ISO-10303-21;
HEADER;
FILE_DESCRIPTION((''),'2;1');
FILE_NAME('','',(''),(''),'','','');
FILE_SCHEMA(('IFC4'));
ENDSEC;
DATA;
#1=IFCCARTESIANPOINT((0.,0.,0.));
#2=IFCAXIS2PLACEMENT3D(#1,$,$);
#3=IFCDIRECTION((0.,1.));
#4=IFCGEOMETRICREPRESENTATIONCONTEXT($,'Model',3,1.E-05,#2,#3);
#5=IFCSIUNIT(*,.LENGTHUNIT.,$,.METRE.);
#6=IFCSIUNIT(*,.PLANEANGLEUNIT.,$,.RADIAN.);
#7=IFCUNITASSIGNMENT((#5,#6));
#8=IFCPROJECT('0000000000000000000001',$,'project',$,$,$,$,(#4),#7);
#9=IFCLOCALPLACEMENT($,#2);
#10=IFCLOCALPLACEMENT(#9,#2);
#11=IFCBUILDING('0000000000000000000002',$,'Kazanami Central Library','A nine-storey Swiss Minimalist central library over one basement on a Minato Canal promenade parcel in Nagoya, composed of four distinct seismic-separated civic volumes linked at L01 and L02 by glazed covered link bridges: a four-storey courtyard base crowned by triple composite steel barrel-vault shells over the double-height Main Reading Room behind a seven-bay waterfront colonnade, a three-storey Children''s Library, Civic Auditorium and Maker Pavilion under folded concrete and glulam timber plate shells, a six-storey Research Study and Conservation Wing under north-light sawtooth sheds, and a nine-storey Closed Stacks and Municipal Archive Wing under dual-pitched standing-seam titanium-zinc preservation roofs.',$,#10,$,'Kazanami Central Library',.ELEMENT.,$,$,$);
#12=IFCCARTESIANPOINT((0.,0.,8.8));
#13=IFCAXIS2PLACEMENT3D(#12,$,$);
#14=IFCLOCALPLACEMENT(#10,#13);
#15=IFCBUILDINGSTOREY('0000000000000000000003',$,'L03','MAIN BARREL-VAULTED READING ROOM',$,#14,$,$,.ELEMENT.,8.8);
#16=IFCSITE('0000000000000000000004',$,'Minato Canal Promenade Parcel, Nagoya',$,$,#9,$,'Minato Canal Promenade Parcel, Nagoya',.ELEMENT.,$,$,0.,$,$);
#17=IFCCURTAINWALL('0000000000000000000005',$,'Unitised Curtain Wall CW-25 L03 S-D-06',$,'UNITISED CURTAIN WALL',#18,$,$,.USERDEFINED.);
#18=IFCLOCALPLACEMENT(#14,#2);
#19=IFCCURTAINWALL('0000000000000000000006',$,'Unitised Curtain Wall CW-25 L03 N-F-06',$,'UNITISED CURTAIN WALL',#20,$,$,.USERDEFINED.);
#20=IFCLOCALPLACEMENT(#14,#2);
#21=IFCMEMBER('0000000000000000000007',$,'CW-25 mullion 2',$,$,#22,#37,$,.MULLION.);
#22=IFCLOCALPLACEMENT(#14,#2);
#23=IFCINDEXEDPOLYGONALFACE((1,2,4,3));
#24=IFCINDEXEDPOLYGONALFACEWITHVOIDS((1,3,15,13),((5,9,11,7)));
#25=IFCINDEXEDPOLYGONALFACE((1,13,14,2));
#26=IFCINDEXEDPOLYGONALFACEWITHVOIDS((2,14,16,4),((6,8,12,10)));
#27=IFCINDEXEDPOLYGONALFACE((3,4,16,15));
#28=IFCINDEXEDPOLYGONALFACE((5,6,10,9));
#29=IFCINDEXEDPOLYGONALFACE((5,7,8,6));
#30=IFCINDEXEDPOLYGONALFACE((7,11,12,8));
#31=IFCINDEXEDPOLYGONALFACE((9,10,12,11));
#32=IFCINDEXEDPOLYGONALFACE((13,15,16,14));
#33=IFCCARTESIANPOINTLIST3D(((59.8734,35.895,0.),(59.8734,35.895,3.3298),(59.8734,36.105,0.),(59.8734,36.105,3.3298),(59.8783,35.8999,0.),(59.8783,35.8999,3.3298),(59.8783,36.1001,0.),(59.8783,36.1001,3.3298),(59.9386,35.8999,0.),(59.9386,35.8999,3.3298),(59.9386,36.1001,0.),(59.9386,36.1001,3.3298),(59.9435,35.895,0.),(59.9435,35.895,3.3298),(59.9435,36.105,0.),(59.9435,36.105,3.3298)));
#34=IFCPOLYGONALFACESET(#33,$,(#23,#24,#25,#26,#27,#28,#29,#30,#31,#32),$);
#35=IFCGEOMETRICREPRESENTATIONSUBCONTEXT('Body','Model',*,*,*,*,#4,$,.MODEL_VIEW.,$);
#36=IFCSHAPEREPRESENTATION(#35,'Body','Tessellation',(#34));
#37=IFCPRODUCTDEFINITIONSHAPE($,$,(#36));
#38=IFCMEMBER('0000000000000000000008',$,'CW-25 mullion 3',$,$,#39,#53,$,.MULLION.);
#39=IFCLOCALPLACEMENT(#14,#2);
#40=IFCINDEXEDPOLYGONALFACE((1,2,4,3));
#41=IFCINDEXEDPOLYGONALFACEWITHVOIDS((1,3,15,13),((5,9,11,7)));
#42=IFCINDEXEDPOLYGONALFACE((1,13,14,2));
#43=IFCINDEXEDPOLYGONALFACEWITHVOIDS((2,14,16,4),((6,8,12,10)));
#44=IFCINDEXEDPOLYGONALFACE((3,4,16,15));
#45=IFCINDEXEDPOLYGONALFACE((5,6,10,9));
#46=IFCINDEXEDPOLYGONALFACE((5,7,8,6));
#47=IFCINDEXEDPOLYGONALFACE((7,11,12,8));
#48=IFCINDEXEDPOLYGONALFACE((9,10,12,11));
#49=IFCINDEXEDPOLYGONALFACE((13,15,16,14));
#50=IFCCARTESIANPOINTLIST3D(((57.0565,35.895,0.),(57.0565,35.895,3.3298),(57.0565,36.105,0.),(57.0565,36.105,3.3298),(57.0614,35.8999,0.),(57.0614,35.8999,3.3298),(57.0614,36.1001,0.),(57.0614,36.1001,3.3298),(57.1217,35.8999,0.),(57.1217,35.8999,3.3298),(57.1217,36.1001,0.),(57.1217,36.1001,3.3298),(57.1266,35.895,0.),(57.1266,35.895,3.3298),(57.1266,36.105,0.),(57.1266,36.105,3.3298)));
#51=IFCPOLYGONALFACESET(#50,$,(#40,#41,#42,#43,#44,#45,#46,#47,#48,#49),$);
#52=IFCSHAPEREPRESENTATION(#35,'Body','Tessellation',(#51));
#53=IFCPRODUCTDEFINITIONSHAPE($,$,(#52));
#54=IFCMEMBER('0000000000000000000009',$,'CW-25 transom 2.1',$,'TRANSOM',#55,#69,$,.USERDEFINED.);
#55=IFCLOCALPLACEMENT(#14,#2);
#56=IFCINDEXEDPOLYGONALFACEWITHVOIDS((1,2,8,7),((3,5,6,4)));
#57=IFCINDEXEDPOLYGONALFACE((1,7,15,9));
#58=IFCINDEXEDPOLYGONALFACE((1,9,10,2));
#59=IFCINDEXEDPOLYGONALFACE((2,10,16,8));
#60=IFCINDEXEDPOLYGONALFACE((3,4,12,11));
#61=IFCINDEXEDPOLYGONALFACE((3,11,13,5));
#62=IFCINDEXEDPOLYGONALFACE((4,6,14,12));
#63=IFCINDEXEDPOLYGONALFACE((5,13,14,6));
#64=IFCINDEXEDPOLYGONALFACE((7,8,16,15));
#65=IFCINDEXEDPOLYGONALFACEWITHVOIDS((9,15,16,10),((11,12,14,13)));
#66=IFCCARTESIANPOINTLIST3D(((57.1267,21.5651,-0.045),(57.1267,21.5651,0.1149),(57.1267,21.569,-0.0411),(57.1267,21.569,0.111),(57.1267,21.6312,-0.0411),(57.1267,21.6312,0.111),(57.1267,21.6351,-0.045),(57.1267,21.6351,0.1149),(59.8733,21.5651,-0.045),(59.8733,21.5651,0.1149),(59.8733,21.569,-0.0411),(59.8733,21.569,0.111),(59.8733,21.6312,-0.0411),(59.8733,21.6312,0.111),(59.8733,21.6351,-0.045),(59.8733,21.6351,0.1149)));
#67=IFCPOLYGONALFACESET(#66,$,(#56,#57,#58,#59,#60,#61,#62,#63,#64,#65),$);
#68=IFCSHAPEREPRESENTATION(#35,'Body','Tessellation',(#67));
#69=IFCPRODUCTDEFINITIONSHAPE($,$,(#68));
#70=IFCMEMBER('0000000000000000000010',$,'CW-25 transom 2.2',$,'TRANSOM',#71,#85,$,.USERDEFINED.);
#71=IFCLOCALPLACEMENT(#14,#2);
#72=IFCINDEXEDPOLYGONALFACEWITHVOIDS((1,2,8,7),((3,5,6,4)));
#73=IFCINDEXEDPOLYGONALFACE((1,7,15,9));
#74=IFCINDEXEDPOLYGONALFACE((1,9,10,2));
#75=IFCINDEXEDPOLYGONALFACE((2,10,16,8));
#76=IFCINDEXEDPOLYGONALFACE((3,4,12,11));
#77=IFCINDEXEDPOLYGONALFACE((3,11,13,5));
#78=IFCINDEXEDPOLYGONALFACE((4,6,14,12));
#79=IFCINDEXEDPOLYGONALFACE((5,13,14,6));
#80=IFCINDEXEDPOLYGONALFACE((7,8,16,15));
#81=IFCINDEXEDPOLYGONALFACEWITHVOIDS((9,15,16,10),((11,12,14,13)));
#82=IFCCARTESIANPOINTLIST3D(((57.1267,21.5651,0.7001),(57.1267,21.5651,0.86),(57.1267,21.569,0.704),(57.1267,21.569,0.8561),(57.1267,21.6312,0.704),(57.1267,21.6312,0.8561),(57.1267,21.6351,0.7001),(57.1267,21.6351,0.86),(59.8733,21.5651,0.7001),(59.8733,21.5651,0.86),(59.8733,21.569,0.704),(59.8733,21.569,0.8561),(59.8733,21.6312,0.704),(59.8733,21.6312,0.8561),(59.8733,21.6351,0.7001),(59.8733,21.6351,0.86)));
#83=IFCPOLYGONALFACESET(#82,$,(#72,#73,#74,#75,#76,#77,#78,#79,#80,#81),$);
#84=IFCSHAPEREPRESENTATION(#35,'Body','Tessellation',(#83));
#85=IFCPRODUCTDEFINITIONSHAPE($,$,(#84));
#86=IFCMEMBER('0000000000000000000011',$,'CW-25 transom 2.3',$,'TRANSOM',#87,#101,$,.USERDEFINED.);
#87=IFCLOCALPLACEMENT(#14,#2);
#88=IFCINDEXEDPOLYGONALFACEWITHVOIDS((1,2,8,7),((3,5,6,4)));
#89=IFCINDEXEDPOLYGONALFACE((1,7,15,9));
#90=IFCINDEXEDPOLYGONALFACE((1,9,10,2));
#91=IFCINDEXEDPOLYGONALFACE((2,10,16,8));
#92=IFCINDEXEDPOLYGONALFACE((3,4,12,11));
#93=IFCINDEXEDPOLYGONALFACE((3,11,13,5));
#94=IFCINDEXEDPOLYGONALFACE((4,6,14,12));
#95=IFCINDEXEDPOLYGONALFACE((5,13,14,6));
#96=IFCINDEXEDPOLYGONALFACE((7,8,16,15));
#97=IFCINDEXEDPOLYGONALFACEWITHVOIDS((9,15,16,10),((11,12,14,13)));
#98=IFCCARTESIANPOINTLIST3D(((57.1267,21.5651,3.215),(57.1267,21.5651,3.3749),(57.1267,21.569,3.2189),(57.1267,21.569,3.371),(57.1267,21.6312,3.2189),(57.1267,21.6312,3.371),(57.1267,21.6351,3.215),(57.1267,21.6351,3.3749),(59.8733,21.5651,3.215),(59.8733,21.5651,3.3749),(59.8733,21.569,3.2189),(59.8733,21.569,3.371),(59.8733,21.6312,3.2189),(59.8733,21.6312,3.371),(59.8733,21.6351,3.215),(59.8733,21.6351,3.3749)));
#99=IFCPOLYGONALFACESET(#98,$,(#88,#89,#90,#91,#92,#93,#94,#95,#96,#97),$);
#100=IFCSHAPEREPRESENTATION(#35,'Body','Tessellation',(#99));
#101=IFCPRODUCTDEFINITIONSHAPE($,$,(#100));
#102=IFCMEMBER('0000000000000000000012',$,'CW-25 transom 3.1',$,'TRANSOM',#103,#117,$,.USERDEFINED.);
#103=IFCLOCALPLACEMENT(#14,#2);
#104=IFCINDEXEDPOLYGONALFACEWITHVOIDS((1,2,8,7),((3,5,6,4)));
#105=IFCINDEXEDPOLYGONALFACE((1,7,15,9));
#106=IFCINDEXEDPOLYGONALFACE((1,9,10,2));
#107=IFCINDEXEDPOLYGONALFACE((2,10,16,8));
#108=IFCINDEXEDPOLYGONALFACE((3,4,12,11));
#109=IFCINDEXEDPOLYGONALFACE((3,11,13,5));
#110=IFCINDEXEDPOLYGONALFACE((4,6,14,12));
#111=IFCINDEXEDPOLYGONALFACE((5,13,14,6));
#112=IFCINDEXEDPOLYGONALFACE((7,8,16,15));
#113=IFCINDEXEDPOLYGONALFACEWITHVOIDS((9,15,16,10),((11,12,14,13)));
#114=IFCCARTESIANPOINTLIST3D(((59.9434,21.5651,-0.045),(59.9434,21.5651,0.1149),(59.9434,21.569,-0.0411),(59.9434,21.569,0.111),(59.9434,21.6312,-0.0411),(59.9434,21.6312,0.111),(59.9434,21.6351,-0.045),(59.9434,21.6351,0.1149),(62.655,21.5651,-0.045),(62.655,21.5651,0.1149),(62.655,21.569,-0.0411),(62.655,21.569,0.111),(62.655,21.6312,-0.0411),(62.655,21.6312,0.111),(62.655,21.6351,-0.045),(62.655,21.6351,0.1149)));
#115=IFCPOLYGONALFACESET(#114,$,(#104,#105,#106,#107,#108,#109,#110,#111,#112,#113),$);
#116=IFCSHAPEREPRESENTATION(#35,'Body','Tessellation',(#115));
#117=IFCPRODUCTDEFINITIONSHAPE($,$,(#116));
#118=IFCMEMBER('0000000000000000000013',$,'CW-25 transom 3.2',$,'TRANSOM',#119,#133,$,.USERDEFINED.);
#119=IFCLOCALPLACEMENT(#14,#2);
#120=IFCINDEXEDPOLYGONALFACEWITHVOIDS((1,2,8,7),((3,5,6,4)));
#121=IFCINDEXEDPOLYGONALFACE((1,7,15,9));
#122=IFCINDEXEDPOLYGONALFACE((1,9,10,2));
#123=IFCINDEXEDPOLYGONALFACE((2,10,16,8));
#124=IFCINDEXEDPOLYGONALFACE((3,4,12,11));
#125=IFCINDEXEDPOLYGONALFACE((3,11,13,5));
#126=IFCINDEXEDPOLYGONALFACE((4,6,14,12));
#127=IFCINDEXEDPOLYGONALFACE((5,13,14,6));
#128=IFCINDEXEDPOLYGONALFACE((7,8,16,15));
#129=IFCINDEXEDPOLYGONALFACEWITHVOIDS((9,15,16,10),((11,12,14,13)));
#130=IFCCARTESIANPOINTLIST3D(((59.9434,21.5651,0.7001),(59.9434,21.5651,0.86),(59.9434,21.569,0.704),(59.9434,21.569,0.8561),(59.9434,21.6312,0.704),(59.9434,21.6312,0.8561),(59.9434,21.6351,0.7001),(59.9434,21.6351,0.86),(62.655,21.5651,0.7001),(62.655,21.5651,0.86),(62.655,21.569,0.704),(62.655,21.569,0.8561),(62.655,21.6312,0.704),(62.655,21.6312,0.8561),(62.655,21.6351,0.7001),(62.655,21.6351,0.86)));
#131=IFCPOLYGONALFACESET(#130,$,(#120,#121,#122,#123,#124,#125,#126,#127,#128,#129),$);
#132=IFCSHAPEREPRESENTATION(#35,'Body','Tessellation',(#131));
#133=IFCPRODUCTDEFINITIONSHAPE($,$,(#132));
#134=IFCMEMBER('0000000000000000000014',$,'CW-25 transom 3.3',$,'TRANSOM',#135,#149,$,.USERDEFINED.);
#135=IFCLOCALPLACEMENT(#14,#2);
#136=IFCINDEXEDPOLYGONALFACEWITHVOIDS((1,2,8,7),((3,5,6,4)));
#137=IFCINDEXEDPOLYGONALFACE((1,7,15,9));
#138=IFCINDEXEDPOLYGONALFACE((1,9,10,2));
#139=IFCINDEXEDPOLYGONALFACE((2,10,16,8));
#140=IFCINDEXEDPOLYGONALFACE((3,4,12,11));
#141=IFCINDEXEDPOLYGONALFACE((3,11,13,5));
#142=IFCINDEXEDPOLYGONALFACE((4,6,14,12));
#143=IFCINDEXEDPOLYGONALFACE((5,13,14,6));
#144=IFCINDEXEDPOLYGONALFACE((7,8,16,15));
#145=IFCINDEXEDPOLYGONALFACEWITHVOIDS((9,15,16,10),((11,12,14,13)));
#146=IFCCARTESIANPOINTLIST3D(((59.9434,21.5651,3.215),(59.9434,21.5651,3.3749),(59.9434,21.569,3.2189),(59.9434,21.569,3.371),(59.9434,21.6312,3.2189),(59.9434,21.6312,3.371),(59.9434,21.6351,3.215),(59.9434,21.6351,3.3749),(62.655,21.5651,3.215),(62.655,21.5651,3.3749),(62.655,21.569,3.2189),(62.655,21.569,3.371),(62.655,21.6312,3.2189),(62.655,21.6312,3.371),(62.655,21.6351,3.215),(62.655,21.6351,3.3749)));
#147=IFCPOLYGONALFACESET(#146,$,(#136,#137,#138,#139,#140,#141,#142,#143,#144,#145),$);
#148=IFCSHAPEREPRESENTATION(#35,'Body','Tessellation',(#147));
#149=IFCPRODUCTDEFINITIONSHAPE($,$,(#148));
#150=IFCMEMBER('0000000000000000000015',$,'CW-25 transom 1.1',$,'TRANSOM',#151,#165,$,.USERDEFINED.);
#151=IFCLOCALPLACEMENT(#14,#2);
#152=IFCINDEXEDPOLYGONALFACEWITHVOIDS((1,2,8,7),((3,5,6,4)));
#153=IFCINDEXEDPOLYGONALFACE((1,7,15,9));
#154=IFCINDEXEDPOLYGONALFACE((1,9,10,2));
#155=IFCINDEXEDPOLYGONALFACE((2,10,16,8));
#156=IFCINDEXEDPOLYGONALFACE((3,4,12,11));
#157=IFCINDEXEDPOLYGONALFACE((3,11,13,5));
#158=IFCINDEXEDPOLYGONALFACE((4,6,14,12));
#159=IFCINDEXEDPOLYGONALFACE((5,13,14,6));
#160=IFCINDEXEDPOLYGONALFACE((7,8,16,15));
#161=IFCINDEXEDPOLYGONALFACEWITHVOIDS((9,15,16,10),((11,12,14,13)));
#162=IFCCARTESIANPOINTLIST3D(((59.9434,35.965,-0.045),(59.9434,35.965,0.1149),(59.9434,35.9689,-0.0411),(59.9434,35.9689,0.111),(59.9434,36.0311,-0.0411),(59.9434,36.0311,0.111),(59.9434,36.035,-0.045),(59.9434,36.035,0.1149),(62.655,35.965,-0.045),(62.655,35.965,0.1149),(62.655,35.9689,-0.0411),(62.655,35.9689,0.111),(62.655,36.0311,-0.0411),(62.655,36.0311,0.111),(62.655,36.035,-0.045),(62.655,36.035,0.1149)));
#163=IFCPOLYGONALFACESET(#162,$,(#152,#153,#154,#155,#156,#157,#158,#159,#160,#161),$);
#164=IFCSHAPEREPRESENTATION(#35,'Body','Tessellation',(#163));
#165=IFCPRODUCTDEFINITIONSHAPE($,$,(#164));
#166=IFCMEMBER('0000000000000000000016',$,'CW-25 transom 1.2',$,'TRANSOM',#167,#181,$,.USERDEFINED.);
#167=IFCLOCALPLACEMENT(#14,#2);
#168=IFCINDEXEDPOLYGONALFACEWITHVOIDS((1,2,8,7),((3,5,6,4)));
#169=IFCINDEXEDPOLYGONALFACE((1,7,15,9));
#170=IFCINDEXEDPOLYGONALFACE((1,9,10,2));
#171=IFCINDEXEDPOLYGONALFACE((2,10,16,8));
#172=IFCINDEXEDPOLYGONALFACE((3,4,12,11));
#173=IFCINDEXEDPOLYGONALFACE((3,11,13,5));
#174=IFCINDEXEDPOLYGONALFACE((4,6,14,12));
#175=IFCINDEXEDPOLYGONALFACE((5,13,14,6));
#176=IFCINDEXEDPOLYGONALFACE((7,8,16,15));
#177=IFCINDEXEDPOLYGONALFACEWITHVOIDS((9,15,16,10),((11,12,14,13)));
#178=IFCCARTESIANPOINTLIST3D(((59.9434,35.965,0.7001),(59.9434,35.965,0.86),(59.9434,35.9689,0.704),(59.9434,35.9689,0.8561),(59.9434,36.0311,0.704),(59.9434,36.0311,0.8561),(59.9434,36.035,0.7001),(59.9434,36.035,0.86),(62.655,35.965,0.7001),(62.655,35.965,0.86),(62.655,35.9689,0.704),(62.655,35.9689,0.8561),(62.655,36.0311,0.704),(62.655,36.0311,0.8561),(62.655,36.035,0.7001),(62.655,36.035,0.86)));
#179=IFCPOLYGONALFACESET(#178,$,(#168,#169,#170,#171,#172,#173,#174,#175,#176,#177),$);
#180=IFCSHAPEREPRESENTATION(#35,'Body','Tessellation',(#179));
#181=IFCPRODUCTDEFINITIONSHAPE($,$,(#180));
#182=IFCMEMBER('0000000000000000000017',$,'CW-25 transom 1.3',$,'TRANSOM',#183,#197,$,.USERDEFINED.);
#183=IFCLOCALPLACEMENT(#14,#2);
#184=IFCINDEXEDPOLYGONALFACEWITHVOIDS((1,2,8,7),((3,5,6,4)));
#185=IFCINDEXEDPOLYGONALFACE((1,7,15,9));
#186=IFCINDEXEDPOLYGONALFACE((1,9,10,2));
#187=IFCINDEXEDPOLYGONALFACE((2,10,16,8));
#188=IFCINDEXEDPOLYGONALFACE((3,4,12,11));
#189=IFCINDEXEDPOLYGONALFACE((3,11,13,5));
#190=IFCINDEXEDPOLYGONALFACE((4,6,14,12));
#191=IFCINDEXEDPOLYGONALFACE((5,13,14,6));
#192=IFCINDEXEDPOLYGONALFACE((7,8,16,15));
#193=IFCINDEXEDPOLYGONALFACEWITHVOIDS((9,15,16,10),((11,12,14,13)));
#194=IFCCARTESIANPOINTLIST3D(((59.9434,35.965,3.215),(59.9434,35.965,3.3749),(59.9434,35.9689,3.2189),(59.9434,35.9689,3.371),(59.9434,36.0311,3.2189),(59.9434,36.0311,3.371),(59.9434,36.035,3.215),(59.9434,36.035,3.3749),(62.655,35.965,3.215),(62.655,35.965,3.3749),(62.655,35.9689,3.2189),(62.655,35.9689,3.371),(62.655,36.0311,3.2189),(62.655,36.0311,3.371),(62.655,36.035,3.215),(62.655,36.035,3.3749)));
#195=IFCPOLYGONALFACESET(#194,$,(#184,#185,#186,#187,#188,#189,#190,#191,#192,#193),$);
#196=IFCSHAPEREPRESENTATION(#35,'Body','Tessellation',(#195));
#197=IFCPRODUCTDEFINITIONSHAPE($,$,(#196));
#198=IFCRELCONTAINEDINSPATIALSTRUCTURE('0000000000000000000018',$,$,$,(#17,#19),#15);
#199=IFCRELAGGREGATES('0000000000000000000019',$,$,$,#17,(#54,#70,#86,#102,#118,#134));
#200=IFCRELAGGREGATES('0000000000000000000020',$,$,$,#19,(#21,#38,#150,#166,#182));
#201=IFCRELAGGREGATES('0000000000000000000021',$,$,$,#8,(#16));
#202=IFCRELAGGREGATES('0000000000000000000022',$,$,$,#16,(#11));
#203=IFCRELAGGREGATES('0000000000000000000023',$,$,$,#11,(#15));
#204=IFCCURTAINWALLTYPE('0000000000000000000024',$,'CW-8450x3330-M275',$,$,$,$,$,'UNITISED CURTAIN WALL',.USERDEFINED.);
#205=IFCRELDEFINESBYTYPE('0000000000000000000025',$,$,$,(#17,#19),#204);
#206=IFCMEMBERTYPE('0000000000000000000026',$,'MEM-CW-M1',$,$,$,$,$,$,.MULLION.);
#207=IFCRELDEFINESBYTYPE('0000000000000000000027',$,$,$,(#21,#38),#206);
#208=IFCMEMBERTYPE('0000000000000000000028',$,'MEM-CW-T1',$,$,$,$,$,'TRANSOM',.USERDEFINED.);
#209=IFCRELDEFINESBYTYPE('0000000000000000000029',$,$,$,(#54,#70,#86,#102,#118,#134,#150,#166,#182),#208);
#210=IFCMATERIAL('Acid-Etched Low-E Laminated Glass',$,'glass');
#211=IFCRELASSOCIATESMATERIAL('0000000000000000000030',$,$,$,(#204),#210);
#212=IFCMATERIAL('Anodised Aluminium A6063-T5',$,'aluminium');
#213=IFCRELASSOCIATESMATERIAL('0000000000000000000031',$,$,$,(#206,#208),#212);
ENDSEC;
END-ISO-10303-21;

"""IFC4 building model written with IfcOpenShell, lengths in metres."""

from ifc_helpers import new_model, si_unit, direction, frame, origin, origin_2d, place, context, subcontext, project, spatial, hollow_rectangle, extrude, material, material_profile, profile_set, type_object, element, aggregate, save


model = new_model("IFC4")

# Units and contexts
model_context = context("Model", 3, precision=1e-05, world=origin(), true_north=direction((0.0, 1.0)))
body_context = subcontext(model_context, "Body", "Model", "MODEL_VIEW")
ifc_project = project(units=[si_unit("LENGTHUNIT", "METRE"), si_unit("PLANEANGLEUNIT", "RADIAN")], contexts=[model_context])

# Site, building, storey
site_placement = place(None, origin())
site = spatial("IfcSite", under=ifc_project, at=site_placement, Name="Minato Canal Promenade Parcel, Nagoya", LongName="Minato Canal Promenade Parcel, Nagoya", CompositionType="ELEMENT", RefElevation=0.0)
building_placement = place(site_placement, origin())
building = spatial("IfcBuilding", under=site, at=building_placement, Name="Kazanami Central Library", Description="A nine-storey Swiss Minimalist central library over one basement on a Minato Canal promenade parcel in Nagoya, composed of four distinct seismic-separated civic volumes linked at L01 and L02 by glazed covered link bridges: a four-storey courtyard base crowned by triple composite steel barrel-vault shells over the double-height Main Reading Room behind a seven-bay waterfront colonnade, a three-storey Children's Library, Civic Auditorium and Maker Pavilion under folded concrete and glulam timber plate shells, a six-storey Research Study and Conservation Wing under north-light sawtooth sheds, and a nine-storey Closed Stacks and Municipal Archive Wing under dual-pitched standing-seam titanium-zinc preservation roofs.", LongName="Kazanami Central Library", CompositionType="ELEMENT")
storey_placement = place(building_placement, frame((0.0, 0.0, 8.8)))
storey = spatial("IfcBuildingStorey", under=building, at=storey_placement, Name="L03", Description="MAIN BARREL-VAULTED READING ROOM", CompositionType="ELEMENT", Elevation=8.8)

# Curtain walls, members
ifc_material_1 = material(Name="Acid-Etched Low-E Laminated Glass", Category="glass")
curtain_wall_type = type_object("IfcCurtainWallType", Name="CW-8450x3330-M275", ElementType="UNITISED CURTAIN WALL", PredefinedType="USERDEFINED", material=ifc_material_1)
curtain_wall_1_placement = place(storey_placement, origin())
curtain_wall_1 = element("IfcCurtainWall", 1, at=curtain_wall_1_placement, inside=storey, type_object=curtain_wall_type, Name="Unitised Curtain Wall CW-25 L03 S-D-06", ObjectType="UNITISED CURTAIN WALL", PredefinedType="USERDEFINED")
ifc_material_2 = material(Name="Anodised Aluminium A6063-T5", Category="aluminium")
ifc_material_profile_1 = material_profile(ifc_material_2, hollow_rectangle(XDim=0.0701, YDim=0.21, WallThickness=0.0049, at=origin_2d()), Name="ALU-MULL-70x210x5")
ifc_profile_set_1 = profile_set([ifc_material_profile_1], Name="Anodised Aluminium A6063-T5")
member_type_1 = type_object("IfcMemberType", Name="MEM-CW-M1", PredefinedType="MULLION", material=ifc_profile_set_1)
curtain_wall_2_placement = place(storey_placement, origin())
curtain_wall_2 = element("IfcCurtainWall", 2, at=curtain_wall_2_placement, inside=storey, type_object=curtain_wall_type, Name="Unitised Curtain Wall CW-25 L03 N-F-06", ObjectType="UNITISED CURTAIN WALL", PredefinedType="USERDEFINED")
member_1_placement = place(storey_placement, frame((59.9084, 36.0, 0.0), z_axis=(0.0, 0.0, 1.0), x_axis=(-1.0, 0.0, 0.0)))
member_1 = element("IfcMember", 3, at=member_1_placement, type_object=member_type_1, Name="CW-25 mullion 2", PredefinedType="MULLION", context=body_context, shape_type="SweptSolid", body=[
    extrude(hollow_rectangle(XDim=0.0701, YDim=0.21, WallThickness=0.0049, at=origin_2d()), origin(), (0.0, 0.0, 1.0), 3.3298),
])
member_2_placement = place(storey_placement, frame((57.0916, 36.0, 0.0), z_axis=(0.0, 0.0, 1.0), x_axis=(-1.0, 0.0, 0.0)))
member_2 = element("IfcMember", 4, at=member_2_placement, type_object=member_type_1, Name="CW-25 mullion 3", PredefinedType="MULLION", context=body_context, shape_type="SweptSolid", body=[
    extrude(hollow_rectangle(XDim=0.0701, YDim=0.21, WallThickness=0.0049, at=origin_2d()), origin(), (0.0, 0.0, 1.0), 3.3298),
])

# Members
ifc_material_profile_2 = material_profile(ifc_material_2, hollow_rectangle(XDim=0.0701, YDim=0.1599, WallThickness=0.0039, at=origin_2d()), Name="ALU-TRAN-70x160x4")
ifc_profile_set_2 = profile_set([ifc_material_profile_2], Name="Anodised Aluminium A6063-T5")
member_type_2 = type_object("IfcMemberType", Name="MEM-CW-T1", ElementType="TRANSOM", PredefinedType="USERDEFINED", material=ifc_profile_set_2)
member_3_placement = place(storey_placement, frame((57.1267, 21.6001, 0.0349), z_axis=(1.0, 0.0, 0.0), x_axis=(0.0, 1.0, 0.0)))
member_3 = element("IfcMember", 5, at=member_3_placement, type_object=member_type_2, Name="CW-25 transom 2.1", ObjectType="TRANSOM", PredefinedType="USERDEFINED", context=body_context, shape_type="SweptSolid", body=[
    extrude(hollow_rectangle(XDim=0.0701, YDim=0.1599, WallThickness=0.0039, at=origin_2d()), origin(), (0.0, 0.0, 1.0), 2.7466),
])
member_4_placement = place(storey_placement, frame((57.1267, 21.6001, 0.78), z_axis=(1.0, 0.0, 0.0), x_axis=(0.0, 1.0, 0.0)))
member_4 = element("IfcMember", 6, at=member_4_placement, type_object=member_type_2, Name="CW-25 transom 2.2", ObjectType="TRANSOM", PredefinedType="USERDEFINED", context=body_context, shape_type="SweptSolid", body=[
    extrude(hollow_rectangle(XDim=0.0701, YDim=0.1599, WallThickness=0.0039, at=origin_2d()), origin(), (0.0, 0.0, 1.0), 2.7466),
])
member_5_placement = place(storey_placement, frame((57.1267, 21.6001, 3.2949), z_axis=(1.0, 0.0, 0.0), x_axis=(0.0, 1.0, 0.0)))
member_5 = element("IfcMember", 7, at=member_5_placement, type_object=member_type_2, Name="CW-25 transom 2.3", ObjectType="TRANSOM", PredefinedType="USERDEFINED", context=body_context, shape_type="SweptSolid", body=[
    extrude(hollow_rectangle(XDim=0.0701, YDim=0.1599, WallThickness=0.0039, at=origin_2d()), origin(), (0.0, 0.0, 1.0), 2.7466),
])
member_6_placement = place(storey_placement, frame((59.9434, 21.6001, 0.0349), z_axis=(1.0, 0.0, 0.0), x_axis=(0.0, 1.0, 0.0)))
member_6 = element("IfcMember", 8, at=member_6_placement, type_object=member_type_2, Name="CW-25 transom 3.1", ObjectType="TRANSOM", PredefinedType="USERDEFINED", context=body_context, shape_type="SweptSolid", body=[
    extrude(hollow_rectangle(XDim=0.0701, YDim=0.1599, WallThickness=0.0039, at=origin_2d()), origin(), (0.0, 0.0, 1.0), 2.7117),
])
member_7_placement = place(storey_placement, frame((59.9434, 21.6001, 0.78), z_axis=(1.0, 0.0, 0.0), x_axis=(0.0, 1.0, 0.0)))
member_7 = element("IfcMember", 9, at=member_7_placement, type_object=member_type_2, Name="CW-25 transom 3.2", ObjectType="TRANSOM", PredefinedType="USERDEFINED", context=body_context, shape_type="SweptSolid", body=[
    extrude(hollow_rectangle(XDim=0.0701, YDim=0.1599, WallThickness=0.0039, at=origin_2d()), origin(), (0.0, 0.0, 1.0), 2.7117),
])
member_8_placement = place(storey_placement, frame((59.9434, 21.6001, 3.2949), z_axis=(1.0, 0.0, 0.0), x_axis=(0.0, 1.0, 0.0)))
member_8 = element("IfcMember", 10, at=member_8_placement, type_object=member_type_2, Name="CW-25 transom 3.3", ObjectType="TRANSOM", PredefinedType="USERDEFINED", context=body_context, shape_type="SweptSolid", body=[
    extrude(hollow_rectangle(XDim=0.0701, YDim=0.1599, WallThickness=0.0039, at=origin_2d()), origin(), (0.0, 0.0, 1.0), 2.7117),
])
member_9_placement = place(storey_placement, frame((62.655, 36.0, 0.0349), z_axis=(-1.0, 0.0, 0.0), x_axis=(0.0, -1.0, 0.0)))
member_9 = element("IfcMember", 11, at=member_9_placement, type_object=member_type_2, Name="CW-25 transom 1.1", ObjectType="TRANSOM", PredefinedType="USERDEFINED", context=body_context, shape_type="SweptSolid", body=[
    extrude(hollow_rectangle(XDim=0.0701, YDim=0.1599, WallThickness=0.0039, at=origin_2d()), origin(), (0.0, 0.0, 1.0), 2.7117),
])
member_10_placement = place(storey_placement, frame((62.655, 36.0, 0.78), z_axis=(-1.0, 0.0, 0.0), x_axis=(0.0, -1.0, 0.0)))
member_10 = element("IfcMember", 12, at=member_10_placement, type_object=member_type_2, Name="CW-25 transom 1.2", ObjectType="TRANSOM", PredefinedType="USERDEFINED", context=body_context, shape_type="SweptSolid", body=[
    extrude(hollow_rectangle(XDim=0.0701, YDim=0.1599, WallThickness=0.0039, at=origin_2d()), origin(), (0.0, 0.0, 1.0), 2.7117),
])
member_11_placement = place(storey_placement, frame((62.655, 36.0, 3.2949), z_axis=(-1.0, 0.0, 0.0), x_axis=(0.0, -1.0, 0.0)))
member_11 = element("IfcMember", 13, at=member_11_placement, type_object=member_type_2, Name="CW-25 transom 1.3", ObjectType="TRANSOM", PredefinedType="USERDEFINED", context=body_context, shape_type="SweptSolid", body=[
    extrude(hollow_rectangle(XDim=0.0701, YDim=0.1599, WallThickness=0.0039, at=origin_2d()), origin(), (0.0, 0.0, 1.0), 2.7117),
])

aggregate(curtain_wall_1, [member_3, member_4, member_5, member_6, member_7, member_8])
aggregate(curtain_wall_2, [member_1, member_2, member_9, member_10, member_11])

save(model, "model.ifc")
